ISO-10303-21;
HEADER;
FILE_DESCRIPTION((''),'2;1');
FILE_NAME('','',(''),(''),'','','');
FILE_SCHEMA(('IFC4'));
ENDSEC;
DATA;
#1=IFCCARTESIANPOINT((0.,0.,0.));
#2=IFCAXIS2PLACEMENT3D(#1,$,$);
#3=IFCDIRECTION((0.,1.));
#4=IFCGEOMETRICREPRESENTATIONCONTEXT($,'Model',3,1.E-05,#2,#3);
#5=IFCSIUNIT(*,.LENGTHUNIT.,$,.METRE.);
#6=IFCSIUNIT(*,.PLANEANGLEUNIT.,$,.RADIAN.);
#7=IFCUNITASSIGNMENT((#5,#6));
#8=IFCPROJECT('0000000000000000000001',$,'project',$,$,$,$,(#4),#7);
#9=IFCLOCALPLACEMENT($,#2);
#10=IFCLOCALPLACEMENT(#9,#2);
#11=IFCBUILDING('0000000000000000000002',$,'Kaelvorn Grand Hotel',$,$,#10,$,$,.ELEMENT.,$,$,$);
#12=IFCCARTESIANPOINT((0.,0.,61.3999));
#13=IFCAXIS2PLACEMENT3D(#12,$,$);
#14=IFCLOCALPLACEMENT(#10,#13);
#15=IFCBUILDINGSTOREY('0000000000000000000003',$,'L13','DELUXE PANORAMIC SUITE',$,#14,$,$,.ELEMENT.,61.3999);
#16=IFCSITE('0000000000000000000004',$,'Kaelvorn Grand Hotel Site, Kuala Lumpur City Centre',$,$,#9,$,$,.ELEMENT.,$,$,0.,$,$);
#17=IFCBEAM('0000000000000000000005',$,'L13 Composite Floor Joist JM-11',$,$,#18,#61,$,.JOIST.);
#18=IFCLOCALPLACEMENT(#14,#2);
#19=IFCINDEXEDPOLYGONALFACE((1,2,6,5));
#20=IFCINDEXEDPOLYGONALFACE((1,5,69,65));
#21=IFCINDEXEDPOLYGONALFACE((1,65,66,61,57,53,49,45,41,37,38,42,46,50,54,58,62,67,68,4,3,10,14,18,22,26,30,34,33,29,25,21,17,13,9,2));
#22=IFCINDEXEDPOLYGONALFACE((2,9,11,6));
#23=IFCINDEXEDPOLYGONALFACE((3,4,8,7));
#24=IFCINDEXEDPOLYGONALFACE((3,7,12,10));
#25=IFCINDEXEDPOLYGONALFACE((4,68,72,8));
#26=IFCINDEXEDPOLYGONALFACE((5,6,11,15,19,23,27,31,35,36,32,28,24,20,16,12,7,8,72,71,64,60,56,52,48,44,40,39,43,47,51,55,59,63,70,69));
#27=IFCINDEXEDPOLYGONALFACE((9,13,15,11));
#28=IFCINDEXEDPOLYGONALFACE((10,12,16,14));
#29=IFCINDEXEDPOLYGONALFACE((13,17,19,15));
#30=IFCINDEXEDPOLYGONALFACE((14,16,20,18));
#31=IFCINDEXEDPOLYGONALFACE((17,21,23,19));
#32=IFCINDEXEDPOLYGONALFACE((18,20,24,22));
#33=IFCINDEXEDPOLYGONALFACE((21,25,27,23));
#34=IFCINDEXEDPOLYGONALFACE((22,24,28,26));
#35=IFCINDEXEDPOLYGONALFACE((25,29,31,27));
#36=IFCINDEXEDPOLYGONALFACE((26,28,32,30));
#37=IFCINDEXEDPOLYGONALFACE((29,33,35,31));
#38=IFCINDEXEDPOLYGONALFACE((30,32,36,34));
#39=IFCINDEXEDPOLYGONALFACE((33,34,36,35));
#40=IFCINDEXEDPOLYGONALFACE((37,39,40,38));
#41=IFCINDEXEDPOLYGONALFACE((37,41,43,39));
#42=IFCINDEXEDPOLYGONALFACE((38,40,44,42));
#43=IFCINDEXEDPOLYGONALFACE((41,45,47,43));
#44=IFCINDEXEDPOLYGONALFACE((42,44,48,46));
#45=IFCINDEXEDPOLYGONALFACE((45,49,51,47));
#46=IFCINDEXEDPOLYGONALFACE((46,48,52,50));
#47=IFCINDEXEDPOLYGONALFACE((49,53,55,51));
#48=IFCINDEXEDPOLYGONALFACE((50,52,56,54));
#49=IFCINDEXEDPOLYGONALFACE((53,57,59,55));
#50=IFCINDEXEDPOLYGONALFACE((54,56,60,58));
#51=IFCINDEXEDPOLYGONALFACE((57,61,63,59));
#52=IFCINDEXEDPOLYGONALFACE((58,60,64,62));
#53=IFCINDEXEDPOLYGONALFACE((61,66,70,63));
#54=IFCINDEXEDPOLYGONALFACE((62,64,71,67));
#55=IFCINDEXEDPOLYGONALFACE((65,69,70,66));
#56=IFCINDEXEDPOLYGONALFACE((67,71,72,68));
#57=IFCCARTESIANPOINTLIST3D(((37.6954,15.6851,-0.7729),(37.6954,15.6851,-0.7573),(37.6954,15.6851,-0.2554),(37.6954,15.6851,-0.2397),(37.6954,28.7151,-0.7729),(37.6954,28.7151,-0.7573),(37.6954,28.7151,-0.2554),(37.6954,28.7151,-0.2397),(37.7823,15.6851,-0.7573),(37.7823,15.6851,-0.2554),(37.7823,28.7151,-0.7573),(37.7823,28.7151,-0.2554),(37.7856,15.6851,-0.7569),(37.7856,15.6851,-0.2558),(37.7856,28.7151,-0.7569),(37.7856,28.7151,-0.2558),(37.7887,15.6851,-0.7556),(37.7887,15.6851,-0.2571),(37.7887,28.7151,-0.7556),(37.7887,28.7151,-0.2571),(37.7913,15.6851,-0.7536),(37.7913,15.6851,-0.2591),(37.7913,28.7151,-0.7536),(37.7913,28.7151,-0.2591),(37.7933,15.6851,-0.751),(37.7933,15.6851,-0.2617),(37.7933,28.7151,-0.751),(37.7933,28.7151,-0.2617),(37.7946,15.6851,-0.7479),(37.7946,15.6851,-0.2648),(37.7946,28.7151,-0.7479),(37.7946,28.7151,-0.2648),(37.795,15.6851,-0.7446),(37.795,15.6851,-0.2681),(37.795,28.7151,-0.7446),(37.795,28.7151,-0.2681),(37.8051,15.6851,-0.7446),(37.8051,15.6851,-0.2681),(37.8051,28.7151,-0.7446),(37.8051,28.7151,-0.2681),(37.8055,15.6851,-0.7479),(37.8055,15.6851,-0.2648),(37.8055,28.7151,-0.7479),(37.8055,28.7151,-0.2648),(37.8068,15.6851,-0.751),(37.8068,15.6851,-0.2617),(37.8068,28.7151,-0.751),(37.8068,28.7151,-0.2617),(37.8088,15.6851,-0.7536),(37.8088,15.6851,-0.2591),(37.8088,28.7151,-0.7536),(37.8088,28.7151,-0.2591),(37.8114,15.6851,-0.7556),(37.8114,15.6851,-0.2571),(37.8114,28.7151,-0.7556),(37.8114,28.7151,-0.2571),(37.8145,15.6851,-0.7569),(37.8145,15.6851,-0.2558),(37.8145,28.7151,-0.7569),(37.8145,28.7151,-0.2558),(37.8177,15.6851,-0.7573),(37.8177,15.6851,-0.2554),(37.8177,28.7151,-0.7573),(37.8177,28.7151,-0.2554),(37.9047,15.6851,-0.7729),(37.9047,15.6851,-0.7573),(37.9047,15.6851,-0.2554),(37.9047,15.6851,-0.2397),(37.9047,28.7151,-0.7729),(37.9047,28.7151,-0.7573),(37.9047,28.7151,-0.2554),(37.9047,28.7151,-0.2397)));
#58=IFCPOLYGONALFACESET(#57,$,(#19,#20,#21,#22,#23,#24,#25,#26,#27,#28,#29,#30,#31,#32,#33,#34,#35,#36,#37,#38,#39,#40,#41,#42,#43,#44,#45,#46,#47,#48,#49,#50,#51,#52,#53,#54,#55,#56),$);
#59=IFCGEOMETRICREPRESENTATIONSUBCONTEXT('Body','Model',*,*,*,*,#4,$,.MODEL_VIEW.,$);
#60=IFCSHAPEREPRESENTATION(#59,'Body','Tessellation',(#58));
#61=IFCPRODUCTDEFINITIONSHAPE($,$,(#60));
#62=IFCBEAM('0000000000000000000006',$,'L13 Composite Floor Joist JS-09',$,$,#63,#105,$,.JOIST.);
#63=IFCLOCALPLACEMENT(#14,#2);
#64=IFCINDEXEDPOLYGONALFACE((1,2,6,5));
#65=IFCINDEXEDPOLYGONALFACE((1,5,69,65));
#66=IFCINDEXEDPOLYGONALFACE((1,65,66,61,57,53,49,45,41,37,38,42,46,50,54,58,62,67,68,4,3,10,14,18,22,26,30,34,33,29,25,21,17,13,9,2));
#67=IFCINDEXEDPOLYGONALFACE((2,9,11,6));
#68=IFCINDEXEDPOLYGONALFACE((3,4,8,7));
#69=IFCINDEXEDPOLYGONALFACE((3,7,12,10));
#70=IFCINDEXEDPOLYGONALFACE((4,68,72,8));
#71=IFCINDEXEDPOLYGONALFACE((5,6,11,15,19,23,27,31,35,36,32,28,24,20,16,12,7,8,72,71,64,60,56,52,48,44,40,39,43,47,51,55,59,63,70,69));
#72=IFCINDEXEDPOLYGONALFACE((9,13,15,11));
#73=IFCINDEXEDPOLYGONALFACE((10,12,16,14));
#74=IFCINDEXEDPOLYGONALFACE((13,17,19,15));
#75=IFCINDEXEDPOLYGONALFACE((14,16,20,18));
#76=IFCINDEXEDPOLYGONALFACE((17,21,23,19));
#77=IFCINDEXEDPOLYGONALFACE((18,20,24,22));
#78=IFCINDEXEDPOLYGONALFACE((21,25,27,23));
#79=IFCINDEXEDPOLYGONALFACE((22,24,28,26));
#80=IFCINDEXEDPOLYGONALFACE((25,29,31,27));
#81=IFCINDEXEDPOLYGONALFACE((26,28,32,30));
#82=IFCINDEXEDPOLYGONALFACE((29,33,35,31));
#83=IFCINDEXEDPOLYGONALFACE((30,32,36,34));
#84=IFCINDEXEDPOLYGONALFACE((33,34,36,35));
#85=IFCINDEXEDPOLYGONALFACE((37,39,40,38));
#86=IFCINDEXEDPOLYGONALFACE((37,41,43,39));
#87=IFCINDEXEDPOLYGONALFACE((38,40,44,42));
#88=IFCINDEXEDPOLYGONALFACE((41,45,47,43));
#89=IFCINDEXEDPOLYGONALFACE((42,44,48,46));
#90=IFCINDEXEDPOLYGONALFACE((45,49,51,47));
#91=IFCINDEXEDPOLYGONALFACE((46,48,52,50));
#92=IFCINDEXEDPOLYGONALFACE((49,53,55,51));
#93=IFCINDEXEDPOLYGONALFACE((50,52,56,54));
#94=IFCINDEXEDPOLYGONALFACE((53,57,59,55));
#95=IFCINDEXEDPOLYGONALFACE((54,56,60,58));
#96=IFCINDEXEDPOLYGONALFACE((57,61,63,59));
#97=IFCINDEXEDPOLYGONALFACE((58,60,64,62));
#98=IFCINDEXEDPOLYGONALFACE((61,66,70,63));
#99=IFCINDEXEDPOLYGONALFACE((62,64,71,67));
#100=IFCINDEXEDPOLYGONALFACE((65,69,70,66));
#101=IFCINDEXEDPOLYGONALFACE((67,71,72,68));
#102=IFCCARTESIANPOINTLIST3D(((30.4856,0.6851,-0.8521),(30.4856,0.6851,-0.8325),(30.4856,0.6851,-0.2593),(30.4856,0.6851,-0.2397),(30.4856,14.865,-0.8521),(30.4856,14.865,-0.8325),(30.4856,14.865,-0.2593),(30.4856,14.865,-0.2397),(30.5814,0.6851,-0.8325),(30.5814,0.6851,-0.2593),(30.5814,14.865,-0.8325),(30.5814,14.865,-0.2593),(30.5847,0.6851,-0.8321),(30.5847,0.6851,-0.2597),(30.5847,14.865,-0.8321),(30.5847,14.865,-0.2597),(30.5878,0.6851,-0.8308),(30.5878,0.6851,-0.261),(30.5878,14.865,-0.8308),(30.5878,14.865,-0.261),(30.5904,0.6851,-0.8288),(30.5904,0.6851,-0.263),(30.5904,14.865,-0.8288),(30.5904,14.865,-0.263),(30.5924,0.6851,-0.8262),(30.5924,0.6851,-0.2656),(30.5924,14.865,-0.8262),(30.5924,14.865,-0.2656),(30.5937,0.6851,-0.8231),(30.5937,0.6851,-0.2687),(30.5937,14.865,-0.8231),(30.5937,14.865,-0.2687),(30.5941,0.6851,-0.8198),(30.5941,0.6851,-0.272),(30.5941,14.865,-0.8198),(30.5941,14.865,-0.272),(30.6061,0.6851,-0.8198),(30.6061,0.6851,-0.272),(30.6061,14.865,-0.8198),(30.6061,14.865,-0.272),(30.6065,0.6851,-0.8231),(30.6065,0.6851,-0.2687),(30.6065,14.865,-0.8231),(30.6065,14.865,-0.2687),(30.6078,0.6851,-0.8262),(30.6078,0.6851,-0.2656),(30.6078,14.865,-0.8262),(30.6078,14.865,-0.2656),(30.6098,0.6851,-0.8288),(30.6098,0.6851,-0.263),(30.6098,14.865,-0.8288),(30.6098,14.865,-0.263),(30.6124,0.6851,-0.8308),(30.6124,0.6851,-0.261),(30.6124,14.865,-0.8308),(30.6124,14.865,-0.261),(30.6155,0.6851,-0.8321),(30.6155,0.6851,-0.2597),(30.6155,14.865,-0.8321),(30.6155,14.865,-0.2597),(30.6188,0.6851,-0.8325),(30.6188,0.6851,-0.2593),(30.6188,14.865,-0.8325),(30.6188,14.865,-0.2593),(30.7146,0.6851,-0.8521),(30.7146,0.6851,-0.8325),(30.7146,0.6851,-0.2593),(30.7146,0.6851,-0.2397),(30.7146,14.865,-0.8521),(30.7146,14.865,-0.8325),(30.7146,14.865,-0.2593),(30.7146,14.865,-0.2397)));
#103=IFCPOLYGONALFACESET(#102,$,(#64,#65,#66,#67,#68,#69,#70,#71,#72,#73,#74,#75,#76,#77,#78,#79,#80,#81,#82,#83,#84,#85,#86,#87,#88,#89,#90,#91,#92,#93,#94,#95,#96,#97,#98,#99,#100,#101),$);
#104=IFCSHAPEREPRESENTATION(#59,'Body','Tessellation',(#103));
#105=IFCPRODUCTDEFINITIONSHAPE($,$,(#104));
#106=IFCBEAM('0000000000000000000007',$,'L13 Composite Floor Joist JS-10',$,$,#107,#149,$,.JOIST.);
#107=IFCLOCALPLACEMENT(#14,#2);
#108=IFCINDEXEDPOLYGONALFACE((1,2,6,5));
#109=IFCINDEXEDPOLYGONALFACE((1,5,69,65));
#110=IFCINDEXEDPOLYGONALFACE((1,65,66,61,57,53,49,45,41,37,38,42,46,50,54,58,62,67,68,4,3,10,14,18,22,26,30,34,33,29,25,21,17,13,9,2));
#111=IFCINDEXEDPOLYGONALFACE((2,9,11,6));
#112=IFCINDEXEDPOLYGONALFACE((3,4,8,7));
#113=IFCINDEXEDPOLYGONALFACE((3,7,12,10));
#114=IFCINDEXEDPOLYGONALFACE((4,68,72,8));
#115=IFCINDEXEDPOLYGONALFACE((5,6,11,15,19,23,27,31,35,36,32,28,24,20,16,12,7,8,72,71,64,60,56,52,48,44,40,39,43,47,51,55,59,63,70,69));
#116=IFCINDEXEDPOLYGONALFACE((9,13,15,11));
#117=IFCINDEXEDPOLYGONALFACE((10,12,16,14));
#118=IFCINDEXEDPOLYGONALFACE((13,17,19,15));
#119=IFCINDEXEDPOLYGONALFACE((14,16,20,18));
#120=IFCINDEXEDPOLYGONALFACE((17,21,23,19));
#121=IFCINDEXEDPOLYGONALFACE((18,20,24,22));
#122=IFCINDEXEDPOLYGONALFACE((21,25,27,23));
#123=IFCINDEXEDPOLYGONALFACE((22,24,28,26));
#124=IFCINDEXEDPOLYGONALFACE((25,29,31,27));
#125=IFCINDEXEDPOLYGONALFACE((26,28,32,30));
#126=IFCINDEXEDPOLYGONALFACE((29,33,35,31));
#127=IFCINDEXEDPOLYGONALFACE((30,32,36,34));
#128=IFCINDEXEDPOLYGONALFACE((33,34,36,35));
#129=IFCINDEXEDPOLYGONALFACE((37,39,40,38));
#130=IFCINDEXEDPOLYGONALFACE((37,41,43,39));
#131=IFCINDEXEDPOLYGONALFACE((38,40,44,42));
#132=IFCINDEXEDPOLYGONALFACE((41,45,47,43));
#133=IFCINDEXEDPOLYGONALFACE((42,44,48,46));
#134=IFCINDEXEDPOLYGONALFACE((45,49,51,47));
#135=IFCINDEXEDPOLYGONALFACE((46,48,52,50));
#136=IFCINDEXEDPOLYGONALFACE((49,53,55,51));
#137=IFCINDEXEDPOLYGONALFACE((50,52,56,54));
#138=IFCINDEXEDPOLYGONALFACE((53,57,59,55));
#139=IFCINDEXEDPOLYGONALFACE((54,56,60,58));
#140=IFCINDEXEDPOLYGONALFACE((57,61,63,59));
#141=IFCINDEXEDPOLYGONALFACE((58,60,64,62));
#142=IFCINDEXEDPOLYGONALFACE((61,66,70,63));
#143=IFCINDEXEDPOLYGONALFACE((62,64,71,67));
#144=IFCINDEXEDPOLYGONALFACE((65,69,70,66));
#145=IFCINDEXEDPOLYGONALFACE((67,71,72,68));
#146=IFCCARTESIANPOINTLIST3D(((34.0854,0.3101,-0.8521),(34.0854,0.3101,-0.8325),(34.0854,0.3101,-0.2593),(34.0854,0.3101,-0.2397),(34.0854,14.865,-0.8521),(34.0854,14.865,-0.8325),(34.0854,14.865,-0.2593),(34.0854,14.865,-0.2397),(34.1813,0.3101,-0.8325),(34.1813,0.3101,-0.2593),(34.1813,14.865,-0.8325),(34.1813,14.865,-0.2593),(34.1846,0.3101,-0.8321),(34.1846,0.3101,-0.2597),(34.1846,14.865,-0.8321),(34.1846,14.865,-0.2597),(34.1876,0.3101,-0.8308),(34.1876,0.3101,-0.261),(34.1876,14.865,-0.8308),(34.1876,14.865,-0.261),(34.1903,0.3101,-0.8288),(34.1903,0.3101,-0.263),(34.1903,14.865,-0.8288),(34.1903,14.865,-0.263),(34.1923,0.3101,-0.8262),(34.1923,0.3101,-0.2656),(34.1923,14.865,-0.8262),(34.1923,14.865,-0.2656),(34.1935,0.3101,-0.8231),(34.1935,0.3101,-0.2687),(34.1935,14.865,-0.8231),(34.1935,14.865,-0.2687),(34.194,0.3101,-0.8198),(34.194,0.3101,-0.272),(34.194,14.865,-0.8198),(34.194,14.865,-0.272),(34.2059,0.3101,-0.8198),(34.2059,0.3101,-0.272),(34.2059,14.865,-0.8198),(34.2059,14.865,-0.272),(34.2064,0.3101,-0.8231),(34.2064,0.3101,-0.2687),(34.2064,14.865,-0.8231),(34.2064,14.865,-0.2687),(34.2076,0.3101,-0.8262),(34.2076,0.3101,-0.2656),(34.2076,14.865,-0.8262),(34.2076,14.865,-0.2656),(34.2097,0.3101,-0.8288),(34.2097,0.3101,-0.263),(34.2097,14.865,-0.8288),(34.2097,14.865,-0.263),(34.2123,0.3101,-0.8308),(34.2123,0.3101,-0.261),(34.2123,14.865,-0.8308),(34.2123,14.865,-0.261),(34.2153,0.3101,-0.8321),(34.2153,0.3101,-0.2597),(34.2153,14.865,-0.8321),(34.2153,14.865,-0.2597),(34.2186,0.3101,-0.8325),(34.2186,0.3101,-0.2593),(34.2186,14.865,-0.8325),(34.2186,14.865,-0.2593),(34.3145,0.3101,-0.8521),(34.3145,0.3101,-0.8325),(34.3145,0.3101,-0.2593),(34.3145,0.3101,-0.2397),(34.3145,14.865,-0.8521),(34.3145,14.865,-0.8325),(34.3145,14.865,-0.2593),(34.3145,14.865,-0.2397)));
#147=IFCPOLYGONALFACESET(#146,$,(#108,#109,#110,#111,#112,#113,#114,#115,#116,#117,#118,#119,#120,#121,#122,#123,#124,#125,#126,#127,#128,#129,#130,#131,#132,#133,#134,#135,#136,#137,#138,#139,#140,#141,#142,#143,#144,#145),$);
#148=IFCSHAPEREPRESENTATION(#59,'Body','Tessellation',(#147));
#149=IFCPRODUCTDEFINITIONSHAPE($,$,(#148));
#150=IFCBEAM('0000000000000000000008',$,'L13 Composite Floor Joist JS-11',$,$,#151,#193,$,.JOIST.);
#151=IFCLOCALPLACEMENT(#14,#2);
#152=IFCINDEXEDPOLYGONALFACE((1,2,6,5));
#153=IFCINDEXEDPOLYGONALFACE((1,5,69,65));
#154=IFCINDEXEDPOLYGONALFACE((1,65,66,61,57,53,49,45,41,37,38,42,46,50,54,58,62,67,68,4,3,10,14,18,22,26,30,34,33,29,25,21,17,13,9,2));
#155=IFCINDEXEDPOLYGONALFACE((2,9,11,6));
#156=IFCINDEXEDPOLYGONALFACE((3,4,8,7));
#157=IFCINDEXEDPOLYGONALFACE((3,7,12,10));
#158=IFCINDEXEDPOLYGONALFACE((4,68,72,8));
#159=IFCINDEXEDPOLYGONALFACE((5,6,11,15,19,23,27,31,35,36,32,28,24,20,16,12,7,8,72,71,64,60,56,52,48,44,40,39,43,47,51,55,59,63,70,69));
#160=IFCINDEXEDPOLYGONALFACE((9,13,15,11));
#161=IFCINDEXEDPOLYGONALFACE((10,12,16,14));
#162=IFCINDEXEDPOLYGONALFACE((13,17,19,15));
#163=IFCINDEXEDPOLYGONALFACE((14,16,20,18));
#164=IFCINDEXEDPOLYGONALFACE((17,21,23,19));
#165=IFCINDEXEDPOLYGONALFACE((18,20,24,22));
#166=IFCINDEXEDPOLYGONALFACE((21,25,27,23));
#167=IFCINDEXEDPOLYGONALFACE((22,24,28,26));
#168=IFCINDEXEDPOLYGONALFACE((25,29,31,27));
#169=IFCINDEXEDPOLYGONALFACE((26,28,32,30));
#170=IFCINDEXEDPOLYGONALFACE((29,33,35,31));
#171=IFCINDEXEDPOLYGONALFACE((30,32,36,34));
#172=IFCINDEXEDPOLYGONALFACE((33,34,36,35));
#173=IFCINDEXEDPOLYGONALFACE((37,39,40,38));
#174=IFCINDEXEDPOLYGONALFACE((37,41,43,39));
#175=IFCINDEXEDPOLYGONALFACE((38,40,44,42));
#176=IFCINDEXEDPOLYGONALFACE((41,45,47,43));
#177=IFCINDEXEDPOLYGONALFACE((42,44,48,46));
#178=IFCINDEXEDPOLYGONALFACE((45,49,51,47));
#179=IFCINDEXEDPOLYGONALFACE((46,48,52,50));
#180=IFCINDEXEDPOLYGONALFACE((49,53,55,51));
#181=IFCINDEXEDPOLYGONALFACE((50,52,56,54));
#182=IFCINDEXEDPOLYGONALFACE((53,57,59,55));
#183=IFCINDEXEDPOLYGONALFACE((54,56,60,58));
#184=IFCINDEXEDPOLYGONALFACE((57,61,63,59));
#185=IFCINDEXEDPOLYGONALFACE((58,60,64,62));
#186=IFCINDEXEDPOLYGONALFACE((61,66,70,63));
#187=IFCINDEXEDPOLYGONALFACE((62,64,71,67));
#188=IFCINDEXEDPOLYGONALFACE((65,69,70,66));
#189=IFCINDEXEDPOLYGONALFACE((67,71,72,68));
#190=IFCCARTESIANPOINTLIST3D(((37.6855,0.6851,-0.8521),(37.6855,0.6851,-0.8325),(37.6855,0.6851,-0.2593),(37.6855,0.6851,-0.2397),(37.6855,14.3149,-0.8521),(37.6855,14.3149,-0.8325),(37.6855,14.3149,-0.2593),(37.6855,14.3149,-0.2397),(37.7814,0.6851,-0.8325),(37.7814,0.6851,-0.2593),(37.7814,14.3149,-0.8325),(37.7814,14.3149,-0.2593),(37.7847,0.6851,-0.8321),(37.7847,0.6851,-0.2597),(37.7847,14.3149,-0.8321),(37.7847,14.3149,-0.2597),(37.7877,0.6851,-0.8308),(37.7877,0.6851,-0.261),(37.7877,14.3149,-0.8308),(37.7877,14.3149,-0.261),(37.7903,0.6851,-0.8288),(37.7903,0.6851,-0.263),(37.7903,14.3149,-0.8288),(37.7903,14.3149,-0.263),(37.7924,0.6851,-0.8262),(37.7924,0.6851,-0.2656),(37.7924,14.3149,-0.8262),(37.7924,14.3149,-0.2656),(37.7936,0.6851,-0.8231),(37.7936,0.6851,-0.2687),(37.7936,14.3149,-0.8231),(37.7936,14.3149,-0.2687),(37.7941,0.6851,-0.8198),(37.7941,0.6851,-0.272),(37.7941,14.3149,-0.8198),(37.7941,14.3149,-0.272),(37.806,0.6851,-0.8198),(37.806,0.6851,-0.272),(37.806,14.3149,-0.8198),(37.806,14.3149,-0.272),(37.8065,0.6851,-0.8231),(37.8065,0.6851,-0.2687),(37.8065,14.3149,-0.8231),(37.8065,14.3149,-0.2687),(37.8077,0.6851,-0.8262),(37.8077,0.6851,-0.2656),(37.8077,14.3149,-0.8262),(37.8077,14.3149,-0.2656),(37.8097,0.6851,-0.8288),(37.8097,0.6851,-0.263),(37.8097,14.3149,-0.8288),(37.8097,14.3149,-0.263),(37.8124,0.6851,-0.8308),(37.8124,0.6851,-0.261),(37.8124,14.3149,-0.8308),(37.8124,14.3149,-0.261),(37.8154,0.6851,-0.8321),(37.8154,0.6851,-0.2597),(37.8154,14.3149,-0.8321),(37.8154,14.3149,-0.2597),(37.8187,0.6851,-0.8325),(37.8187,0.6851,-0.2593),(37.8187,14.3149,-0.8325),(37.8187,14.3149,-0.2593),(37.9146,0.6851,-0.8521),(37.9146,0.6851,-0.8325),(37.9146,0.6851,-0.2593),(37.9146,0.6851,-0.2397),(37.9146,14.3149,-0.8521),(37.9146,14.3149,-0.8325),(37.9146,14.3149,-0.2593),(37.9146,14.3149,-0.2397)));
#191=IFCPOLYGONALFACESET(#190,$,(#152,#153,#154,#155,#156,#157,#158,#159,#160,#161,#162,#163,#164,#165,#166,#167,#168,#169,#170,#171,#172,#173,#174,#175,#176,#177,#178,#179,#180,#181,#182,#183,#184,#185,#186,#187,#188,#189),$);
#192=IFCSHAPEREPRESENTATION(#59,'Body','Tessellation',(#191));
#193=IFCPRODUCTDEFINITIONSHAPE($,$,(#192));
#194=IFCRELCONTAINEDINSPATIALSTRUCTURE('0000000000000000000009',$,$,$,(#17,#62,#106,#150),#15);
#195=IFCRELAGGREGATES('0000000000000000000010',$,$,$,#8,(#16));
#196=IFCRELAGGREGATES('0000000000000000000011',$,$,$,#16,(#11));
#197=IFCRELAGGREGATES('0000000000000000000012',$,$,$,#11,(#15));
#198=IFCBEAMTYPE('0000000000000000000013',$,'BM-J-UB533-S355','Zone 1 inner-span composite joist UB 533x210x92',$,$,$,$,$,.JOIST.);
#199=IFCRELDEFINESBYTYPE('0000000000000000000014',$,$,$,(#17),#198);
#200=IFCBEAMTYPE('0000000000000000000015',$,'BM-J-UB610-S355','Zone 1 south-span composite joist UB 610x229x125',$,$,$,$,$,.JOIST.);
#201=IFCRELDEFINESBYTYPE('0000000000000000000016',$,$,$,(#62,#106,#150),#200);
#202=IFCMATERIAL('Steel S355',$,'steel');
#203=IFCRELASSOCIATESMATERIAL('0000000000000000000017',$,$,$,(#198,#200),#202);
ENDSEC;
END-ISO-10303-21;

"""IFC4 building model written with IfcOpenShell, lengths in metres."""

from ifc_helpers import new_model, si_unit, direction, frame, origin, origin_2d, place, context, subcontext, project, spatial, i_section, extrude, material, material_profile, profile_set, type_object, element, save


model = new_model("IFC4")

# Units and contexts
model_context = context("Model", 3, precision=1e-05, world=origin(), true_north=direction((0.0, 1.0)))
body_context = subcontext(model_context, "Body", "Model", "MODEL_VIEW")
ifc_project = project(units=[si_unit("LENGTHUNIT", "METRE"), si_unit("PLANEANGLEUNIT", "RADIAN")], contexts=[model_context])

# Site, building, storey
site_placement = place(None, origin())
site = spatial("IfcSite", under=ifc_project, at=site_placement, Name="Kaelvorn Grand Hotel Site, Kuala Lumpur City Centre", CompositionType="ELEMENT", RefElevation=0.0)
building_placement = place(site_placement, origin())
building = spatial("IfcBuilding", under=site, at=building_placement, Name="Kaelvorn Grand Hotel", CompositionType="ELEMENT")
storey_placement = place(building_placement, frame((0.0, 0.0, 61.3999)))
storey = spatial("IfcBuildingStorey", under=building, at=storey_placement, Name="L13", Description="DELUXE PANORAMIC SUITE", CompositionType="ELEMENT", Elevation=61.3999)

# Beams
ifc_material_1 = material(Name="Steel S355", Category="steel")
ifc_material_profile_1 = material_profile(ifc_material_1, i_section(OverallWidth=0.2092, OverallDepth=0.5332, WebThickness=0.01, FlangeThickness=0.0156, FilletRadius=0.0127, at=origin_2d()), Name="UB 533x210x92")
ifc_profile_set_1 = profile_set([ifc_material_profile_1], Name="Steel S355")
beam_type_1 = type_object("IfcBeamType", Name="BM-J-UB533-S355", Description="Zone 1 inner-span composite joist UB 533x210x92", PredefinedType="JOIST", material=ifc_profile_set_1)
beam_1_placement = place(storey_placement, frame((37.8, 15.6851, -0.5063), z_axis=(0.0, 1.0, 0.0), x_axis=(-1.0, 0.0, 0.0)))
element("IfcBeam", 1, at=beam_1_placement, inside=storey, type_object=beam_type_1, Name="L13 Composite Floor Joist JM-11", PredefinedType="JOIST", context=body_context, shape_type="SweptSolid", body=[
    extrude(i_section(OverallWidth=0.2092, OverallDepth=0.5332, WebThickness=0.01, FlangeThickness=0.0156, FilletRadius=0.0127, at=origin_2d()), origin(), (0.0, 0.0, 1.0), 13.03),
])
ifc_material_profile_2 = material_profile(ifc_material_1, i_section(OverallWidth=0.229, OverallDepth=0.6123, WebThickness=0.012, FlangeThickness=0.0195, FilletRadius=0.0127, at=origin_2d()), Name="UB 610x229x125")
ifc_profile_set_2 = profile_set([ifc_material_profile_2], Name="Steel S355")
beam_type_2 = type_object("IfcBeamType", Name="BM-J-UB610-S355", Description="Zone 1 south-span composite joist UB 610x229x125", PredefinedType="JOIST", material=ifc_profile_set_2)
beam_2_placement = place(storey_placement, frame((30.6001, 0.6851, -0.5459), z_axis=(0.0, 1.0, 0.0), x_axis=(-1.0, 0.0, 0.0)))
element("IfcBeam", 2, at=beam_2_placement, inside=storey, type_object=beam_type_2, Name="L13 Composite Floor Joist JS-09", PredefinedType="JOIST", context=body_context, shape_type="SweptSolid", body=[
    extrude(i_section(OverallWidth=0.229, OverallDepth=0.6123, WebThickness=0.012, FlangeThickness=0.0195, FilletRadius=0.0127, at=origin_2d()), origin(), (0.0, 0.0, 1.0), 14.1799),
])
beam_3_placement = place(storey_placement, frame((34.2, 0.3101, -0.5459), z_axis=(0.0, 1.0, 0.0), x_axis=(-1.0, 0.0, 0.0)))
element("IfcBeam", 3, at=beam_3_placement, inside=storey, type_object=beam_type_2, Name="L13 Composite Floor Joist JS-10", PredefinedType="JOIST", context=body_context, shape_type="SweptSolid", body=[
    extrude(i_section(OverallWidth=0.229, OverallDepth=0.6123, WebThickness=0.012, FlangeThickness=0.0195, FilletRadius=0.0127, at=origin_2d()), origin(), (0.0, 0.0, 1.0), 14.5549),
])
beam_4_placement = place(storey_placement, frame((37.8, 0.6851, -0.5459), z_axis=(0.0, 1.0, 0.0), x_axis=(-1.0, 0.0, 0.0)))
element("IfcBeam", 4, at=beam_4_placement, inside=storey, type_object=beam_type_2, Name="L13 Composite Floor Joist JS-11", PredefinedType="JOIST", context=body_context, shape_type="SweptSolid", body=[
    extrude(i_section(OverallWidth=0.229, OverallDepth=0.6123, WebThickness=0.012, FlangeThickness=0.0195, FilletRadius=0.0127, at=origin_2d()), origin(), (0.0, 0.0, 1.0), 13.6299),
])

save(model, "model.ifc")
